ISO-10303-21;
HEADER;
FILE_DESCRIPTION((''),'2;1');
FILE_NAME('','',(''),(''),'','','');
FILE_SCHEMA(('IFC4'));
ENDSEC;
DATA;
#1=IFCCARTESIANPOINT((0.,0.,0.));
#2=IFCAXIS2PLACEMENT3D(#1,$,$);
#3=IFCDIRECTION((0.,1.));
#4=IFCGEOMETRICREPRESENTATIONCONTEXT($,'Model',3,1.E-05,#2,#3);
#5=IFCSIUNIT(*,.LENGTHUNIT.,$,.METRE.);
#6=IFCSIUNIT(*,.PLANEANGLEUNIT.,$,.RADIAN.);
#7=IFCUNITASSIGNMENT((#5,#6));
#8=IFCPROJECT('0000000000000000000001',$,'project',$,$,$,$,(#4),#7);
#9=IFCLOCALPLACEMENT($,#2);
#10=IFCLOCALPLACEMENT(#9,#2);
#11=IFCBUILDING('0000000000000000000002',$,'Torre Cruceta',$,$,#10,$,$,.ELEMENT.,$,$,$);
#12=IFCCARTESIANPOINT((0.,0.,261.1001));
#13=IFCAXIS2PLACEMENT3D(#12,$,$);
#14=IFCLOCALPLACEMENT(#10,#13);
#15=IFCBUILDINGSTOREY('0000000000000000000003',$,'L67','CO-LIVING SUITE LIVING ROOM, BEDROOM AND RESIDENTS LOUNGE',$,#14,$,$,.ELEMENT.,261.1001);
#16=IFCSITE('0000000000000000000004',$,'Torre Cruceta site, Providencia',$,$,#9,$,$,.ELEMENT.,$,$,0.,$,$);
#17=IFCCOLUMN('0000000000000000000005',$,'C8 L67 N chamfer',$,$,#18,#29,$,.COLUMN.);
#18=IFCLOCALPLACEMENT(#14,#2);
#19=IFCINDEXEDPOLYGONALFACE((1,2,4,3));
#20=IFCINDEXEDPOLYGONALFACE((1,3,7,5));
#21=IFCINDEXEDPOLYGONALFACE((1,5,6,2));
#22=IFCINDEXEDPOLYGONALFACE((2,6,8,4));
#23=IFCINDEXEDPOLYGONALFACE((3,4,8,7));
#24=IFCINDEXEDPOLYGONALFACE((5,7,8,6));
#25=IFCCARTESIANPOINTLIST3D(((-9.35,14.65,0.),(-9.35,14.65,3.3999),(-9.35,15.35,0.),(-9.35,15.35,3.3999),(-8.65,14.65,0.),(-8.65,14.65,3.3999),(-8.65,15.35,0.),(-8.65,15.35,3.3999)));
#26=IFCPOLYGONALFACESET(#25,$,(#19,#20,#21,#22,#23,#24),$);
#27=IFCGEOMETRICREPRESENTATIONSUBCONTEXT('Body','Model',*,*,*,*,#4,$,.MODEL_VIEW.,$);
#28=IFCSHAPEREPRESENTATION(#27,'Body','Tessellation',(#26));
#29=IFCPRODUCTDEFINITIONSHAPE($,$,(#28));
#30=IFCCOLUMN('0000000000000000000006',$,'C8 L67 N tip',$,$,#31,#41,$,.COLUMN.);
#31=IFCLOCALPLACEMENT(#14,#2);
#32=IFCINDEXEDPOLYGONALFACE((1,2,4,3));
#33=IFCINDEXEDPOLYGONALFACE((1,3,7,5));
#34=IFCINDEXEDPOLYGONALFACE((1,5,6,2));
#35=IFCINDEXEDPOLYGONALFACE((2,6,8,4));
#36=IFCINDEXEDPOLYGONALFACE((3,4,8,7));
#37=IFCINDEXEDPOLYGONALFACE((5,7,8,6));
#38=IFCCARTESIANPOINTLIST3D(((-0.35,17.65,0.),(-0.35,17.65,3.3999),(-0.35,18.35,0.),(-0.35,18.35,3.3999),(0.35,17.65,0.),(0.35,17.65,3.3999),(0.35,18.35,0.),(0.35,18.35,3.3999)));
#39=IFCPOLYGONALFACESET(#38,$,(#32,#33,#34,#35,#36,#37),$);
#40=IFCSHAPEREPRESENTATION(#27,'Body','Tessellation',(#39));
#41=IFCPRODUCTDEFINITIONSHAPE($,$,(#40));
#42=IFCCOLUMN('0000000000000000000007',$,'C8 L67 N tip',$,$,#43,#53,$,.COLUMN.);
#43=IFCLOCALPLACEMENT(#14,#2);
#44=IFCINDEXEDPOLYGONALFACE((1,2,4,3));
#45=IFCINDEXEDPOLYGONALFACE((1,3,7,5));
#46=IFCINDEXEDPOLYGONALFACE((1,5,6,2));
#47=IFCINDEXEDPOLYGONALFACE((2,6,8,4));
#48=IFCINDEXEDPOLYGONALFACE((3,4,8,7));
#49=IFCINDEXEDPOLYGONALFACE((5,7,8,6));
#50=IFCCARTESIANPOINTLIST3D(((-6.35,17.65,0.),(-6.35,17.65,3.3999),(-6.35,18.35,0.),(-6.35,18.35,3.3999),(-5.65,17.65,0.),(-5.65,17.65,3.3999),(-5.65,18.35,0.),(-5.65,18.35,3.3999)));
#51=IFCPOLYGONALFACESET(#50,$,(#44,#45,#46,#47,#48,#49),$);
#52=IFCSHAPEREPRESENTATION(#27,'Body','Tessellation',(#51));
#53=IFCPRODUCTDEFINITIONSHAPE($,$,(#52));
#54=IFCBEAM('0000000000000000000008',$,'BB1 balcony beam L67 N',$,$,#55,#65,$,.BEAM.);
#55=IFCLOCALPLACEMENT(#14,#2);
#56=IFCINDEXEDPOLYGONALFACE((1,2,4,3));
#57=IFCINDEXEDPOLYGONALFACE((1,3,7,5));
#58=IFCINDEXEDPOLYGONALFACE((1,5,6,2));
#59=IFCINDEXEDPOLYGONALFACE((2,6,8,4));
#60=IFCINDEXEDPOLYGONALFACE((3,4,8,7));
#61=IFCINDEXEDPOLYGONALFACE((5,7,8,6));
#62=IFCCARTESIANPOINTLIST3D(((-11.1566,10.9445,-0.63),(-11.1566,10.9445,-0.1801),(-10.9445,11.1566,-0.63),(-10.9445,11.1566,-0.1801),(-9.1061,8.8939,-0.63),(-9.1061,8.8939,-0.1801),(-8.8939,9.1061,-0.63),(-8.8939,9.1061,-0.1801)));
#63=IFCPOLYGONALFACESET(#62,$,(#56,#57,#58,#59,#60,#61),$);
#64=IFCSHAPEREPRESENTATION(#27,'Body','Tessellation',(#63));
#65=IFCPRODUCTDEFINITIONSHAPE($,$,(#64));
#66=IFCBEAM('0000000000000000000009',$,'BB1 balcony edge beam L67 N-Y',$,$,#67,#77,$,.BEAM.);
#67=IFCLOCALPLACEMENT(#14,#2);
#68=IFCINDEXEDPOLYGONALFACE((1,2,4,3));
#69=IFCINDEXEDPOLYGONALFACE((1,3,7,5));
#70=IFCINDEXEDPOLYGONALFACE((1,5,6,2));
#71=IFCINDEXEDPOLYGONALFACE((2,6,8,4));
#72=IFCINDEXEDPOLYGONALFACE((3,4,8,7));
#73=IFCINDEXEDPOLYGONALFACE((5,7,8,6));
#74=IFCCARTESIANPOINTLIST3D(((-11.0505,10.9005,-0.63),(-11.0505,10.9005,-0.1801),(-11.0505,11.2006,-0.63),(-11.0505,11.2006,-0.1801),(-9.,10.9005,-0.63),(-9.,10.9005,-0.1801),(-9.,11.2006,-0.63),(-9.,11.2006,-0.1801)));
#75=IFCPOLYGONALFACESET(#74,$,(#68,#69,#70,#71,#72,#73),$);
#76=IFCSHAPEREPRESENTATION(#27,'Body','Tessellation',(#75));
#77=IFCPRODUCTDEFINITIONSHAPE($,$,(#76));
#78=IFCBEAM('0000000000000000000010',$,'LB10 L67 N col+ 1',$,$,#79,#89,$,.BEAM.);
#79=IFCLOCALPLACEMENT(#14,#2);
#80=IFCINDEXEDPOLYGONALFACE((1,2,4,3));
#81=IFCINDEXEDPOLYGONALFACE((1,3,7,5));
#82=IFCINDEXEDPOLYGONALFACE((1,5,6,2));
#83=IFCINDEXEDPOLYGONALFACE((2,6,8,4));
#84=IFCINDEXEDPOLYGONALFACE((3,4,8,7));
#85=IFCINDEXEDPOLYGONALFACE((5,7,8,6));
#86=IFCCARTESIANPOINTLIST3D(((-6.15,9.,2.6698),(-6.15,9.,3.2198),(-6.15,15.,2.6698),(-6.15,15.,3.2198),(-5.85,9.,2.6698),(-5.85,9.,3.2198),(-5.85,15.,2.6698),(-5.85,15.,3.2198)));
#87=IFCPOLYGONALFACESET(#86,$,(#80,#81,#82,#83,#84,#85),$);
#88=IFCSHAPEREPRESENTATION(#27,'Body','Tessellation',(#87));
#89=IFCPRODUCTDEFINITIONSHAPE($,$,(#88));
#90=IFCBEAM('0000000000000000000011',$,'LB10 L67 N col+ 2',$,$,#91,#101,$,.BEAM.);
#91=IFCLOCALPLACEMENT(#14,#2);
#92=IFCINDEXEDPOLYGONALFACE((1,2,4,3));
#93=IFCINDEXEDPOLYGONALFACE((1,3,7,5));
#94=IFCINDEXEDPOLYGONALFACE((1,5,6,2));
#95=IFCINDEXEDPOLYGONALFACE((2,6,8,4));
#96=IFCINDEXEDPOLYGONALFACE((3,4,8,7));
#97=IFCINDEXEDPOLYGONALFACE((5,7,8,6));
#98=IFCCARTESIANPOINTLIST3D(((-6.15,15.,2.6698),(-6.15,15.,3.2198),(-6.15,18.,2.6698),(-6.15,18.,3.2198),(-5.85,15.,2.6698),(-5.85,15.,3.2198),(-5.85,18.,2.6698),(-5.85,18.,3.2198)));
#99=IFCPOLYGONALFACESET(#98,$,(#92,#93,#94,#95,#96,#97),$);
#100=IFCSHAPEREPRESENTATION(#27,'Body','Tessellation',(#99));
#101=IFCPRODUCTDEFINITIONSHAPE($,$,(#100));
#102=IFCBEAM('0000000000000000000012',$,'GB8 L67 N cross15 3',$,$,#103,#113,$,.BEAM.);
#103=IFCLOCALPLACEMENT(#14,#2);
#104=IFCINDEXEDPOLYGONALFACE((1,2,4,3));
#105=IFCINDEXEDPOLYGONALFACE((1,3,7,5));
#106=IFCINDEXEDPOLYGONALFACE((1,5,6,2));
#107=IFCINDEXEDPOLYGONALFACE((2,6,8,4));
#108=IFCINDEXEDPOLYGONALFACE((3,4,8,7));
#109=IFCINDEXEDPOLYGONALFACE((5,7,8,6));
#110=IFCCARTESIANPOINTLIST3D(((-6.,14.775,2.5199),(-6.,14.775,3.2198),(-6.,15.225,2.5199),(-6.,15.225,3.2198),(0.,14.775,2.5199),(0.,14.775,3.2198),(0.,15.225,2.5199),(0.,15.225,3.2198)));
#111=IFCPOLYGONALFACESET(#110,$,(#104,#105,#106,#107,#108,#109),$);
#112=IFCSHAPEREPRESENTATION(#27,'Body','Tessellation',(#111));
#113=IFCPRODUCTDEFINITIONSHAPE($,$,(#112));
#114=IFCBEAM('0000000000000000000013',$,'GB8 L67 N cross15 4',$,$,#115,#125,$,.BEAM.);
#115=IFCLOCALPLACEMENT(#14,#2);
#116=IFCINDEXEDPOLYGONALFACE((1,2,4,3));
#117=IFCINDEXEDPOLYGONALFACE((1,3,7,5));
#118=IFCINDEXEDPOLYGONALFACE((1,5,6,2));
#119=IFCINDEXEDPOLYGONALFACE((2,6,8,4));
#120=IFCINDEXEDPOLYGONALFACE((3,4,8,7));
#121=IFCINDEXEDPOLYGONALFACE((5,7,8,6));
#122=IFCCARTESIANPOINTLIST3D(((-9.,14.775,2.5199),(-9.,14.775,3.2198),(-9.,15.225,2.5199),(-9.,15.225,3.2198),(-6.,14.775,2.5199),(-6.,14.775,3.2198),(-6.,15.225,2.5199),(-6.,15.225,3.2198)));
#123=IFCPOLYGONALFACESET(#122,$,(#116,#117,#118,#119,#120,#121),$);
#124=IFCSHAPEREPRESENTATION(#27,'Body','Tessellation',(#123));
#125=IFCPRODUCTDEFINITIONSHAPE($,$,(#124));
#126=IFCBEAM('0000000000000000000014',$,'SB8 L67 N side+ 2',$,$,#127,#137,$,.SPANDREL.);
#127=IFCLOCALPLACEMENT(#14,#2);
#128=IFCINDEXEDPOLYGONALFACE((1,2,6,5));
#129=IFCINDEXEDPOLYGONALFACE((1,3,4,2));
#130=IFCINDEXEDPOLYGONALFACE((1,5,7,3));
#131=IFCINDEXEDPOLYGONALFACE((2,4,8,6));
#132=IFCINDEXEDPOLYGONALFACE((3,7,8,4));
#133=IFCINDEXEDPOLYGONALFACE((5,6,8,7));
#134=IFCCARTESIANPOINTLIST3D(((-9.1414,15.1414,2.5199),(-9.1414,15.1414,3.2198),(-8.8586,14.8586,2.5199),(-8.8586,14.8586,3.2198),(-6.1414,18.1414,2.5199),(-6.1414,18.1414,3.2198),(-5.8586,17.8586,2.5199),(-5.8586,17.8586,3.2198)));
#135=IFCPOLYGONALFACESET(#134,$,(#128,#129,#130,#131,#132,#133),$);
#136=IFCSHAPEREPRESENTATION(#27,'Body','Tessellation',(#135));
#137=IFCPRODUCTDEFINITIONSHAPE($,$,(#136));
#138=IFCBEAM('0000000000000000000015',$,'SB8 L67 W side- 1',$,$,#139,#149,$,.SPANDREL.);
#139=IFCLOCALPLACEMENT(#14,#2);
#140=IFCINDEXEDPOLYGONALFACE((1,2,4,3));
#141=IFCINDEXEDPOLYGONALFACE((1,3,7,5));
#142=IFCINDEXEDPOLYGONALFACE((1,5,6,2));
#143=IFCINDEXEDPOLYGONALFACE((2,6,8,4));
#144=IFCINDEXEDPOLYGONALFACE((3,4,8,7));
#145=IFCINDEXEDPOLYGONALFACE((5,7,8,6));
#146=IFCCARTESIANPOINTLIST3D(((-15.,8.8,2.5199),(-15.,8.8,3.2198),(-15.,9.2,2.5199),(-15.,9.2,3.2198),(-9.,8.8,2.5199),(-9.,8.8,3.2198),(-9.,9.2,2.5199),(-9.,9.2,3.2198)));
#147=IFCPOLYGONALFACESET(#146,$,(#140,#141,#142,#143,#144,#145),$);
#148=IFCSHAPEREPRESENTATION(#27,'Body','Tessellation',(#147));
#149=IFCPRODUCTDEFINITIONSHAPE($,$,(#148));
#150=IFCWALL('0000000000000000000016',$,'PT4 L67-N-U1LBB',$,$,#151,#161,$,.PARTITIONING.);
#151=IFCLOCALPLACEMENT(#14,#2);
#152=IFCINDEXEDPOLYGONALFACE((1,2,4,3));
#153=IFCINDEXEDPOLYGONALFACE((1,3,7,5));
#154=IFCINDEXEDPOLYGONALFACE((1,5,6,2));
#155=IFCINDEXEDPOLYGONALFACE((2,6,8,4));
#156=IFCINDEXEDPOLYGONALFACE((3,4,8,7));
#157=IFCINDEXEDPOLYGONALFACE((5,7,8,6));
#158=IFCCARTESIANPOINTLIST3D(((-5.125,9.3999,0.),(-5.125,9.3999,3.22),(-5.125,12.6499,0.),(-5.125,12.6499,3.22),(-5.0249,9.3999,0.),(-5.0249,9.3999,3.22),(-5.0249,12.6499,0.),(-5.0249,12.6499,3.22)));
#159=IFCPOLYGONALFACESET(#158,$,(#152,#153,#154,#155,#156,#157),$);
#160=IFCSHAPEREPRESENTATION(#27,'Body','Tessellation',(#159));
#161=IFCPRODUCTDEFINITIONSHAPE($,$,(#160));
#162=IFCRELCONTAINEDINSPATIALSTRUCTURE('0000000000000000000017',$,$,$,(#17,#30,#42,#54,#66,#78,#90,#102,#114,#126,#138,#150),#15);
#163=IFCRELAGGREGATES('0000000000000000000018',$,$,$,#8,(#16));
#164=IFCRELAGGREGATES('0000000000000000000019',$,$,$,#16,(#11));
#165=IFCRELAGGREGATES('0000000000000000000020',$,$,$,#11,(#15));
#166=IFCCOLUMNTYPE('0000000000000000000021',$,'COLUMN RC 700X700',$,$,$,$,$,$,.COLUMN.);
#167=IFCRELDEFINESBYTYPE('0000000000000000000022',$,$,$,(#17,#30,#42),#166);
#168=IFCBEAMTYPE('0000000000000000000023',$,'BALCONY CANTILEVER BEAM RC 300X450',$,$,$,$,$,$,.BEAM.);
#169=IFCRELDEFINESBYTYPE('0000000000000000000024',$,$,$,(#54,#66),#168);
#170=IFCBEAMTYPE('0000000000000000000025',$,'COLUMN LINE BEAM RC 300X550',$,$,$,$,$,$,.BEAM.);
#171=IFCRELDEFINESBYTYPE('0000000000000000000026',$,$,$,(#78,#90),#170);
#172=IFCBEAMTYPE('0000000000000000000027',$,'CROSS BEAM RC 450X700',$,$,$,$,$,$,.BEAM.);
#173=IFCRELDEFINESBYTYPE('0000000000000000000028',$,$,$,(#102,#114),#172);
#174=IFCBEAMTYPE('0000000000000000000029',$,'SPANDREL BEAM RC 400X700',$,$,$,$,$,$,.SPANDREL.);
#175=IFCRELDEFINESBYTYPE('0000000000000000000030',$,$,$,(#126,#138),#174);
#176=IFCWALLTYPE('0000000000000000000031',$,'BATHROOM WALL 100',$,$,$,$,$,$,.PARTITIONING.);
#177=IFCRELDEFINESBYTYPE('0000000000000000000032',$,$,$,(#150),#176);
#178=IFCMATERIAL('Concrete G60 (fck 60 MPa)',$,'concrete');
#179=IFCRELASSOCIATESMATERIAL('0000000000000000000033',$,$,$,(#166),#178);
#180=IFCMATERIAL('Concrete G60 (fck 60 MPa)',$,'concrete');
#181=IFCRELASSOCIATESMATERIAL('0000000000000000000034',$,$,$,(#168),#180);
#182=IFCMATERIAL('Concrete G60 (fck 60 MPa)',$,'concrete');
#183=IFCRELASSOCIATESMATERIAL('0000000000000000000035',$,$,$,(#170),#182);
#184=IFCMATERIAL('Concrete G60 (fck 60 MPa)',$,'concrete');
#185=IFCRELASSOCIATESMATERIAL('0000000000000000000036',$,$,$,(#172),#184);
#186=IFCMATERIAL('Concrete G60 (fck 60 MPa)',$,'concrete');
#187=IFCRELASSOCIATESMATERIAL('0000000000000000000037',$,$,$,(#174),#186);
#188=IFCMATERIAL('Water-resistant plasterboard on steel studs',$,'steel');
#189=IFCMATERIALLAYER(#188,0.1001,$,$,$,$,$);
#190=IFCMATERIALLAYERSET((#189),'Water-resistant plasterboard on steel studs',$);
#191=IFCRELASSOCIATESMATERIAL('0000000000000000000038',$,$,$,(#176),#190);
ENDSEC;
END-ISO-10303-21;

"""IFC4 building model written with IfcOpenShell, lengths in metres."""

from ifc_helpers import new_model, si_unit, direction, frame, frame_2d, origin, origin_2d, place, context, subcontext, project, spatial, rectangle, extrude, material, layer, layer_set, material_profile, profile_set, type_object, element, save


model = new_model("IFC4")

# Units and contexts
model_context = context("Model", 3, precision=1e-05, world=origin(), true_north=direction((0.0, 1.0)))
body_context = subcontext(model_context, "Body", "Model", "MODEL_VIEW")
ifc_project = project(units=[si_unit("LENGTHUNIT", "METRE"), si_unit("PLANEANGLEUNIT", "RADIAN")], contexts=[model_context])

# Site, building, storey
site_placement = place(None, origin())
site = spatial("IfcSite", under=ifc_project, at=site_placement, Name="Torre Cruceta site, Providencia", CompositionType="ELEMENT", RefElevation=0.0)
building_placement = place(site_placement, origin())
building = spatial("IfcBuilding", under=site, at=building_placement, Name="Torre Cruceta", CompositionType="ELEMENT")
storey_placement = place(building_placement, frame((0.0, 0.0, 261.1001)))
storey = spatial("IfcBuildingStorey", under=building, at=storey_placement, Name="L67", Description="CO-LIVING SUITE LIVING ROOM, BEDROOM AND RESIDENTS LOUNGE", CompositionType="ELEMENT", Elevation=261.1001)

# Columns
ifc_material_1 = material(Name="Concrete G60 (fck 60 MPa)", Category="concrete")
ifc_material_profile_1 = material_profile(ifc_material_1, rectangle(XDim=0.7, YDim=0.7, at=origin_2d()), Name="RC 700X700")
ifc_profile_set_1 = profile_set([ifc_material_profile_1], Name="Concrete G60 (fck 60 MPa)")
column_type = type_object("IfcColumnType", Name="COLUMN RC 700X700", PredefinedType="COLUMN", material=ifc_profile_set_1)
for number, where, z_axis, x_axis, name in (
    (1, (-9.0, 15.0, 0.0), (0.0, 0.0, 1.0), (1.0, 0.0, 0.0), "C8 L67 N chamfer"),
    (2, (0.0, 18.0, 0.0), (0.0, 0.0, 1.0), (1.0, 0.0, 0.0), "C8 L67 N tip"),
    (3, (-6.0, 18.0, 0.0), (0.0, 0.0, 1.0), (1.0, 0.0, 0.0), "C8 L67 N tip"),
):
    element("IfcColumn", number, at=place(storey_placement, frame(where, z_axis=z_axis, x_axis=x_axis)), inside=storey, type_object=column_type, Name=name, PredefinedType="COLUMN", context=body_context, shape_type="SweptSolid", body=[
        extrude(rectangle(XDim=0.7, YDim=0.7, at=origin_2d()), origin(), (0.0, 0.0, 1.0), 3.3999),
    ])

# Beams
ifc_material_2 = material(Name="Concrete G60 (fck 60 MPa)", Category="concrete")
ifc_material_profile_2 = material_profile(ifc_material_2, rectangle(XDim=0.3, YDim=0.45, at=origin_2d()), Name="RC 300X450")
ifc_profile_set_2 = profile_set([ifc_material_profile_2], Name="Concrete G60 (fck 60 MPa)")
beam_type_1 = type_object("IfcBeamType", Name="BALCONY CANTILEVER BEAM RC 300X450", PredefinedType="BEAM", material=ifc_profile_set_2)
beam_1_placement = place(storey_placement, frame((-9.0, 9.0, -0.405), z_axis=(-0.707107, 0.707107, 0.0), x_axis=(-0.707107, -0.707107, 0.0)))
element("IfcBeam", 4, at=beam_1_placement, inside=storey, type_object=beam_type_1, Name="BB1 balcony beam L67 N", PredefinedType="BEAM", context=body_context, shape_type="SweptSolid", body=[
    extrude(rectangle(XDim=0.3, YDim=0.45, at=origin_2d()), origin(), (0.0, 0.0, 1.0), 2.8999),
])
beam_2_placement = place(storey_placement, frame((-9.0, 11.0505, -0.405), z_axis=(-1.0, 0.0, 0.0), x_axis=(0.0, -1.0, 0.0)))
element("IfcBeam", 5, at=beam_2_placement, inside=storey, type_object=beam_type_1, Name="BB1 balcony edge beam L67 N-Y", PredefinedType="BEAM", context=body_context, shape_type="SweptSolid", body=[
    extrude(rectangle(XDim=0.3, YDim=0.45, at=origin_2d()), origin(), (0.0, 0.0, 1.0), 2.0505),
])
ifc_material_3 = material(Name="Concrete G60 (fck 60 MPa)", Category="concrete")
ifc_material_profile_3 = material_profile(ifc_material_3, rectangle(XDim=0.3, YDim=0.55, at=origin_2d()), Name="RC 300X550")
ifc_profile_set_3 = profile_set([ifc_material_profile_3], Name="Concrete G60 (fck 60 MPa)")
beam_type_2 = type_object("IfcBeamType", Name="COLUMN LINE BEAM RC 300X550", PredefinedType="BEAM", material=ifc_profile_set_3)
beam_3_placement = place(storey_placement, frame((-6.0, 9.0, 2.9448), z_axis=(0.0, 1.0, 0.0), x_axis=(-1.0, 0.0, 0.0)))
element("IfcBeam", 6, at=beam_3_placement, inside=storey, type_object=beam_type_2, Name="LB10 L67 N col+ 1", PredefinedType="BEAM", context=body_context, shape_type="SweptSolid", body=[
    extrude(rectangle(XDim=0.3, YDim=0.55, at=origin_2d()), origin(), (0.0, 0.0, 1.0), 6.0),
])
beam_4_placement = place(storey_placement, frame((-6.0, 15.0, 2.9448), z_axis=(0.0, 1.0, 0.0), x_axis=(-1.0, 0.0, 0.0)))
element("IfcBeam", 7, at=beam_4_placement, inside=storey, type_object=beam_type_2, Name="LB10 L67 N col+ 2", PredefinedType="BEAM", context=body_context, shape_type="SweptSolid", body=[
    extrude(rectangle(XDim=0.3, YDim=0.55, at=origin_2d()), origin(), (0.0, 0.0, 1.0), 3.0),
])
ifc_material_4 = material(Name="Concrete G60 (fck 60 MPa)", Category="concrete")
ifc_material_profile_4 = material_profile(ifc_material_4, rectangle(XDim=0.45, YDim=0.7, at=origin_2d()), Name="RC 450X700")
ifc_profile_set_4 = profile_set([ifc_material_profile_4], Name="Concrete G60 (fck 60 MPa)")
beam_type_3 = type_object("IfcBeamType", Name="CROSS BEAM RC 450X700", PredefinedType="BEAM", material=ifc_profile_set_4)
beam_5_placement = place(storey_placement, frame((0.0, 15.0, 2.8699), z_axis=(-1.0, 0.0, 0.0), x_axis=(0.0, -1.0, 0.0)))
element("IfcBeam", 8, at=beam_5_placement, inside=storey, type_object=beam_type_3, Name="GB8 L67 N cross15 3", PredefinedType="BEAM", context=body_context, shape_type="SweptSolid", body=[
    extrude(rectangle(XDim=0.45, YDim=0.7, at=origin_2d()), origin(), (0.0, 0.0, 1.0), 6.0),
])
beam_6_placement = place(storey_placement, frame((-6.0, 15.0, 2.8699), z_axis=(-1.0, 0.0, 0.0), x_axis=(0.0, -1.0, 0.0)))
element("IfcBeam", 9, at=beam_6_placement, inside=storey, type_object=beam_type_3, Name="GB8 L67 N cross15 4", PredefinedType="BEAM", context=body_context, shape_type="SweptSolid", body=[
    extrude(rectangle(XDim=0.45, YDim=0.7, at=origin_2d()), origin(), (0.0, 0.0, 1.0), 3.0),
])
ifc_material_5 = material(Name="Concrete G60 (fck 60 MPa)", Category="concrete")
ifc_material_profile_5 = material_profile(ifc_material_5, rectangle(XDim=0.3999, YDim=0.7, at=origin_2d()), Name="RC 400X700")
ifc_profile_set_5 = profile_set([ifc_material_profile_5], Name="Concrete G60 (fck 60 MPa)")
beam_type_4 = type_object("IfcBeamType", Name="SPANDREL BEAM RC 400X700", PredefinedType="SPANDREL", material=ifc_profile_set_5)
beam_7_placement = place(storey_placement, frame((-9.0, 15.0, 2.8699), z_axis=(0.707107, 0.707107, 0.0), x_axis=(-0.707107, 0.707107, 0.0)))
element("IfcBeam", 10, at=beam_7_placement, inside=storey, type_object=beam_type_4, Name="SB8 L67 N side+ 2", PredefinedType="SPANDREL", context=body_context, shape_type="SweptSolid", body=[
    extrude(rectangle(XDim=0.3999, YDim=0.7, at=origin_2d()), origin(), (0.0, 0.0, 1.0), 4.2427),
])
beam_8_placement = place(storey_placement, frame((-9.0, 9.0, 2.8699), z_axis=(-1.0, 0.0, 0.0), x_axis=(0.0, -1.0, 0.0)))
element("IfcBeam", 11, at=beam_8_placement, inside=storey, type_object=beam_type_4, Name="SB8 L67 W side- 1", PredefinedType="SPANDREL", context=body_context, shape_type="SweptSolid", body=[
    extrude(rectangle(XDim=0.3999, YDim=0.7, at=origin_2d()), origin(), (0.0, 0.0, 1.0), 6.0),
])

# Wall
ifc_material_6 = material(Name="Water-resistant plasterboard on steel studs", Category="steel")
ifc_layer_1 = layer(ifc_material_6, 0.1001)
ifc_layer_set_1 = layer_set([ifc_layer_1], Name="Water-resistant plasterboard on steel studs")
wall_type_1 = type_object("IfcWallType", Name="BATHROOM WALL 100", PredefinedType="PARTITIONING", material=ifc_layer_set_1)
wall_1_placement = place(storey_placement, frame((-5.075, 9.3999, 0.0), z_axis=(0.0, 0.0, 1.0), x_axis=(0.0, 1.0, 0.0)))
element("IfcWall", 12, at=wall_1_placement, inside=storey, type_object=wall_type_1, Name="PT4 L67-N-U1LBB", PredefinedType="PARTITIONING", context=body_context, shape_type="SweptSolid", body=[
    extrude(rectangle(XDim=3.25, YDim=0.1001, at=frame_2d((1.625, 0.0))), origin(), (0.0, 0.0, 1.0), 3.22),
])

save(model, "model.ifc")
